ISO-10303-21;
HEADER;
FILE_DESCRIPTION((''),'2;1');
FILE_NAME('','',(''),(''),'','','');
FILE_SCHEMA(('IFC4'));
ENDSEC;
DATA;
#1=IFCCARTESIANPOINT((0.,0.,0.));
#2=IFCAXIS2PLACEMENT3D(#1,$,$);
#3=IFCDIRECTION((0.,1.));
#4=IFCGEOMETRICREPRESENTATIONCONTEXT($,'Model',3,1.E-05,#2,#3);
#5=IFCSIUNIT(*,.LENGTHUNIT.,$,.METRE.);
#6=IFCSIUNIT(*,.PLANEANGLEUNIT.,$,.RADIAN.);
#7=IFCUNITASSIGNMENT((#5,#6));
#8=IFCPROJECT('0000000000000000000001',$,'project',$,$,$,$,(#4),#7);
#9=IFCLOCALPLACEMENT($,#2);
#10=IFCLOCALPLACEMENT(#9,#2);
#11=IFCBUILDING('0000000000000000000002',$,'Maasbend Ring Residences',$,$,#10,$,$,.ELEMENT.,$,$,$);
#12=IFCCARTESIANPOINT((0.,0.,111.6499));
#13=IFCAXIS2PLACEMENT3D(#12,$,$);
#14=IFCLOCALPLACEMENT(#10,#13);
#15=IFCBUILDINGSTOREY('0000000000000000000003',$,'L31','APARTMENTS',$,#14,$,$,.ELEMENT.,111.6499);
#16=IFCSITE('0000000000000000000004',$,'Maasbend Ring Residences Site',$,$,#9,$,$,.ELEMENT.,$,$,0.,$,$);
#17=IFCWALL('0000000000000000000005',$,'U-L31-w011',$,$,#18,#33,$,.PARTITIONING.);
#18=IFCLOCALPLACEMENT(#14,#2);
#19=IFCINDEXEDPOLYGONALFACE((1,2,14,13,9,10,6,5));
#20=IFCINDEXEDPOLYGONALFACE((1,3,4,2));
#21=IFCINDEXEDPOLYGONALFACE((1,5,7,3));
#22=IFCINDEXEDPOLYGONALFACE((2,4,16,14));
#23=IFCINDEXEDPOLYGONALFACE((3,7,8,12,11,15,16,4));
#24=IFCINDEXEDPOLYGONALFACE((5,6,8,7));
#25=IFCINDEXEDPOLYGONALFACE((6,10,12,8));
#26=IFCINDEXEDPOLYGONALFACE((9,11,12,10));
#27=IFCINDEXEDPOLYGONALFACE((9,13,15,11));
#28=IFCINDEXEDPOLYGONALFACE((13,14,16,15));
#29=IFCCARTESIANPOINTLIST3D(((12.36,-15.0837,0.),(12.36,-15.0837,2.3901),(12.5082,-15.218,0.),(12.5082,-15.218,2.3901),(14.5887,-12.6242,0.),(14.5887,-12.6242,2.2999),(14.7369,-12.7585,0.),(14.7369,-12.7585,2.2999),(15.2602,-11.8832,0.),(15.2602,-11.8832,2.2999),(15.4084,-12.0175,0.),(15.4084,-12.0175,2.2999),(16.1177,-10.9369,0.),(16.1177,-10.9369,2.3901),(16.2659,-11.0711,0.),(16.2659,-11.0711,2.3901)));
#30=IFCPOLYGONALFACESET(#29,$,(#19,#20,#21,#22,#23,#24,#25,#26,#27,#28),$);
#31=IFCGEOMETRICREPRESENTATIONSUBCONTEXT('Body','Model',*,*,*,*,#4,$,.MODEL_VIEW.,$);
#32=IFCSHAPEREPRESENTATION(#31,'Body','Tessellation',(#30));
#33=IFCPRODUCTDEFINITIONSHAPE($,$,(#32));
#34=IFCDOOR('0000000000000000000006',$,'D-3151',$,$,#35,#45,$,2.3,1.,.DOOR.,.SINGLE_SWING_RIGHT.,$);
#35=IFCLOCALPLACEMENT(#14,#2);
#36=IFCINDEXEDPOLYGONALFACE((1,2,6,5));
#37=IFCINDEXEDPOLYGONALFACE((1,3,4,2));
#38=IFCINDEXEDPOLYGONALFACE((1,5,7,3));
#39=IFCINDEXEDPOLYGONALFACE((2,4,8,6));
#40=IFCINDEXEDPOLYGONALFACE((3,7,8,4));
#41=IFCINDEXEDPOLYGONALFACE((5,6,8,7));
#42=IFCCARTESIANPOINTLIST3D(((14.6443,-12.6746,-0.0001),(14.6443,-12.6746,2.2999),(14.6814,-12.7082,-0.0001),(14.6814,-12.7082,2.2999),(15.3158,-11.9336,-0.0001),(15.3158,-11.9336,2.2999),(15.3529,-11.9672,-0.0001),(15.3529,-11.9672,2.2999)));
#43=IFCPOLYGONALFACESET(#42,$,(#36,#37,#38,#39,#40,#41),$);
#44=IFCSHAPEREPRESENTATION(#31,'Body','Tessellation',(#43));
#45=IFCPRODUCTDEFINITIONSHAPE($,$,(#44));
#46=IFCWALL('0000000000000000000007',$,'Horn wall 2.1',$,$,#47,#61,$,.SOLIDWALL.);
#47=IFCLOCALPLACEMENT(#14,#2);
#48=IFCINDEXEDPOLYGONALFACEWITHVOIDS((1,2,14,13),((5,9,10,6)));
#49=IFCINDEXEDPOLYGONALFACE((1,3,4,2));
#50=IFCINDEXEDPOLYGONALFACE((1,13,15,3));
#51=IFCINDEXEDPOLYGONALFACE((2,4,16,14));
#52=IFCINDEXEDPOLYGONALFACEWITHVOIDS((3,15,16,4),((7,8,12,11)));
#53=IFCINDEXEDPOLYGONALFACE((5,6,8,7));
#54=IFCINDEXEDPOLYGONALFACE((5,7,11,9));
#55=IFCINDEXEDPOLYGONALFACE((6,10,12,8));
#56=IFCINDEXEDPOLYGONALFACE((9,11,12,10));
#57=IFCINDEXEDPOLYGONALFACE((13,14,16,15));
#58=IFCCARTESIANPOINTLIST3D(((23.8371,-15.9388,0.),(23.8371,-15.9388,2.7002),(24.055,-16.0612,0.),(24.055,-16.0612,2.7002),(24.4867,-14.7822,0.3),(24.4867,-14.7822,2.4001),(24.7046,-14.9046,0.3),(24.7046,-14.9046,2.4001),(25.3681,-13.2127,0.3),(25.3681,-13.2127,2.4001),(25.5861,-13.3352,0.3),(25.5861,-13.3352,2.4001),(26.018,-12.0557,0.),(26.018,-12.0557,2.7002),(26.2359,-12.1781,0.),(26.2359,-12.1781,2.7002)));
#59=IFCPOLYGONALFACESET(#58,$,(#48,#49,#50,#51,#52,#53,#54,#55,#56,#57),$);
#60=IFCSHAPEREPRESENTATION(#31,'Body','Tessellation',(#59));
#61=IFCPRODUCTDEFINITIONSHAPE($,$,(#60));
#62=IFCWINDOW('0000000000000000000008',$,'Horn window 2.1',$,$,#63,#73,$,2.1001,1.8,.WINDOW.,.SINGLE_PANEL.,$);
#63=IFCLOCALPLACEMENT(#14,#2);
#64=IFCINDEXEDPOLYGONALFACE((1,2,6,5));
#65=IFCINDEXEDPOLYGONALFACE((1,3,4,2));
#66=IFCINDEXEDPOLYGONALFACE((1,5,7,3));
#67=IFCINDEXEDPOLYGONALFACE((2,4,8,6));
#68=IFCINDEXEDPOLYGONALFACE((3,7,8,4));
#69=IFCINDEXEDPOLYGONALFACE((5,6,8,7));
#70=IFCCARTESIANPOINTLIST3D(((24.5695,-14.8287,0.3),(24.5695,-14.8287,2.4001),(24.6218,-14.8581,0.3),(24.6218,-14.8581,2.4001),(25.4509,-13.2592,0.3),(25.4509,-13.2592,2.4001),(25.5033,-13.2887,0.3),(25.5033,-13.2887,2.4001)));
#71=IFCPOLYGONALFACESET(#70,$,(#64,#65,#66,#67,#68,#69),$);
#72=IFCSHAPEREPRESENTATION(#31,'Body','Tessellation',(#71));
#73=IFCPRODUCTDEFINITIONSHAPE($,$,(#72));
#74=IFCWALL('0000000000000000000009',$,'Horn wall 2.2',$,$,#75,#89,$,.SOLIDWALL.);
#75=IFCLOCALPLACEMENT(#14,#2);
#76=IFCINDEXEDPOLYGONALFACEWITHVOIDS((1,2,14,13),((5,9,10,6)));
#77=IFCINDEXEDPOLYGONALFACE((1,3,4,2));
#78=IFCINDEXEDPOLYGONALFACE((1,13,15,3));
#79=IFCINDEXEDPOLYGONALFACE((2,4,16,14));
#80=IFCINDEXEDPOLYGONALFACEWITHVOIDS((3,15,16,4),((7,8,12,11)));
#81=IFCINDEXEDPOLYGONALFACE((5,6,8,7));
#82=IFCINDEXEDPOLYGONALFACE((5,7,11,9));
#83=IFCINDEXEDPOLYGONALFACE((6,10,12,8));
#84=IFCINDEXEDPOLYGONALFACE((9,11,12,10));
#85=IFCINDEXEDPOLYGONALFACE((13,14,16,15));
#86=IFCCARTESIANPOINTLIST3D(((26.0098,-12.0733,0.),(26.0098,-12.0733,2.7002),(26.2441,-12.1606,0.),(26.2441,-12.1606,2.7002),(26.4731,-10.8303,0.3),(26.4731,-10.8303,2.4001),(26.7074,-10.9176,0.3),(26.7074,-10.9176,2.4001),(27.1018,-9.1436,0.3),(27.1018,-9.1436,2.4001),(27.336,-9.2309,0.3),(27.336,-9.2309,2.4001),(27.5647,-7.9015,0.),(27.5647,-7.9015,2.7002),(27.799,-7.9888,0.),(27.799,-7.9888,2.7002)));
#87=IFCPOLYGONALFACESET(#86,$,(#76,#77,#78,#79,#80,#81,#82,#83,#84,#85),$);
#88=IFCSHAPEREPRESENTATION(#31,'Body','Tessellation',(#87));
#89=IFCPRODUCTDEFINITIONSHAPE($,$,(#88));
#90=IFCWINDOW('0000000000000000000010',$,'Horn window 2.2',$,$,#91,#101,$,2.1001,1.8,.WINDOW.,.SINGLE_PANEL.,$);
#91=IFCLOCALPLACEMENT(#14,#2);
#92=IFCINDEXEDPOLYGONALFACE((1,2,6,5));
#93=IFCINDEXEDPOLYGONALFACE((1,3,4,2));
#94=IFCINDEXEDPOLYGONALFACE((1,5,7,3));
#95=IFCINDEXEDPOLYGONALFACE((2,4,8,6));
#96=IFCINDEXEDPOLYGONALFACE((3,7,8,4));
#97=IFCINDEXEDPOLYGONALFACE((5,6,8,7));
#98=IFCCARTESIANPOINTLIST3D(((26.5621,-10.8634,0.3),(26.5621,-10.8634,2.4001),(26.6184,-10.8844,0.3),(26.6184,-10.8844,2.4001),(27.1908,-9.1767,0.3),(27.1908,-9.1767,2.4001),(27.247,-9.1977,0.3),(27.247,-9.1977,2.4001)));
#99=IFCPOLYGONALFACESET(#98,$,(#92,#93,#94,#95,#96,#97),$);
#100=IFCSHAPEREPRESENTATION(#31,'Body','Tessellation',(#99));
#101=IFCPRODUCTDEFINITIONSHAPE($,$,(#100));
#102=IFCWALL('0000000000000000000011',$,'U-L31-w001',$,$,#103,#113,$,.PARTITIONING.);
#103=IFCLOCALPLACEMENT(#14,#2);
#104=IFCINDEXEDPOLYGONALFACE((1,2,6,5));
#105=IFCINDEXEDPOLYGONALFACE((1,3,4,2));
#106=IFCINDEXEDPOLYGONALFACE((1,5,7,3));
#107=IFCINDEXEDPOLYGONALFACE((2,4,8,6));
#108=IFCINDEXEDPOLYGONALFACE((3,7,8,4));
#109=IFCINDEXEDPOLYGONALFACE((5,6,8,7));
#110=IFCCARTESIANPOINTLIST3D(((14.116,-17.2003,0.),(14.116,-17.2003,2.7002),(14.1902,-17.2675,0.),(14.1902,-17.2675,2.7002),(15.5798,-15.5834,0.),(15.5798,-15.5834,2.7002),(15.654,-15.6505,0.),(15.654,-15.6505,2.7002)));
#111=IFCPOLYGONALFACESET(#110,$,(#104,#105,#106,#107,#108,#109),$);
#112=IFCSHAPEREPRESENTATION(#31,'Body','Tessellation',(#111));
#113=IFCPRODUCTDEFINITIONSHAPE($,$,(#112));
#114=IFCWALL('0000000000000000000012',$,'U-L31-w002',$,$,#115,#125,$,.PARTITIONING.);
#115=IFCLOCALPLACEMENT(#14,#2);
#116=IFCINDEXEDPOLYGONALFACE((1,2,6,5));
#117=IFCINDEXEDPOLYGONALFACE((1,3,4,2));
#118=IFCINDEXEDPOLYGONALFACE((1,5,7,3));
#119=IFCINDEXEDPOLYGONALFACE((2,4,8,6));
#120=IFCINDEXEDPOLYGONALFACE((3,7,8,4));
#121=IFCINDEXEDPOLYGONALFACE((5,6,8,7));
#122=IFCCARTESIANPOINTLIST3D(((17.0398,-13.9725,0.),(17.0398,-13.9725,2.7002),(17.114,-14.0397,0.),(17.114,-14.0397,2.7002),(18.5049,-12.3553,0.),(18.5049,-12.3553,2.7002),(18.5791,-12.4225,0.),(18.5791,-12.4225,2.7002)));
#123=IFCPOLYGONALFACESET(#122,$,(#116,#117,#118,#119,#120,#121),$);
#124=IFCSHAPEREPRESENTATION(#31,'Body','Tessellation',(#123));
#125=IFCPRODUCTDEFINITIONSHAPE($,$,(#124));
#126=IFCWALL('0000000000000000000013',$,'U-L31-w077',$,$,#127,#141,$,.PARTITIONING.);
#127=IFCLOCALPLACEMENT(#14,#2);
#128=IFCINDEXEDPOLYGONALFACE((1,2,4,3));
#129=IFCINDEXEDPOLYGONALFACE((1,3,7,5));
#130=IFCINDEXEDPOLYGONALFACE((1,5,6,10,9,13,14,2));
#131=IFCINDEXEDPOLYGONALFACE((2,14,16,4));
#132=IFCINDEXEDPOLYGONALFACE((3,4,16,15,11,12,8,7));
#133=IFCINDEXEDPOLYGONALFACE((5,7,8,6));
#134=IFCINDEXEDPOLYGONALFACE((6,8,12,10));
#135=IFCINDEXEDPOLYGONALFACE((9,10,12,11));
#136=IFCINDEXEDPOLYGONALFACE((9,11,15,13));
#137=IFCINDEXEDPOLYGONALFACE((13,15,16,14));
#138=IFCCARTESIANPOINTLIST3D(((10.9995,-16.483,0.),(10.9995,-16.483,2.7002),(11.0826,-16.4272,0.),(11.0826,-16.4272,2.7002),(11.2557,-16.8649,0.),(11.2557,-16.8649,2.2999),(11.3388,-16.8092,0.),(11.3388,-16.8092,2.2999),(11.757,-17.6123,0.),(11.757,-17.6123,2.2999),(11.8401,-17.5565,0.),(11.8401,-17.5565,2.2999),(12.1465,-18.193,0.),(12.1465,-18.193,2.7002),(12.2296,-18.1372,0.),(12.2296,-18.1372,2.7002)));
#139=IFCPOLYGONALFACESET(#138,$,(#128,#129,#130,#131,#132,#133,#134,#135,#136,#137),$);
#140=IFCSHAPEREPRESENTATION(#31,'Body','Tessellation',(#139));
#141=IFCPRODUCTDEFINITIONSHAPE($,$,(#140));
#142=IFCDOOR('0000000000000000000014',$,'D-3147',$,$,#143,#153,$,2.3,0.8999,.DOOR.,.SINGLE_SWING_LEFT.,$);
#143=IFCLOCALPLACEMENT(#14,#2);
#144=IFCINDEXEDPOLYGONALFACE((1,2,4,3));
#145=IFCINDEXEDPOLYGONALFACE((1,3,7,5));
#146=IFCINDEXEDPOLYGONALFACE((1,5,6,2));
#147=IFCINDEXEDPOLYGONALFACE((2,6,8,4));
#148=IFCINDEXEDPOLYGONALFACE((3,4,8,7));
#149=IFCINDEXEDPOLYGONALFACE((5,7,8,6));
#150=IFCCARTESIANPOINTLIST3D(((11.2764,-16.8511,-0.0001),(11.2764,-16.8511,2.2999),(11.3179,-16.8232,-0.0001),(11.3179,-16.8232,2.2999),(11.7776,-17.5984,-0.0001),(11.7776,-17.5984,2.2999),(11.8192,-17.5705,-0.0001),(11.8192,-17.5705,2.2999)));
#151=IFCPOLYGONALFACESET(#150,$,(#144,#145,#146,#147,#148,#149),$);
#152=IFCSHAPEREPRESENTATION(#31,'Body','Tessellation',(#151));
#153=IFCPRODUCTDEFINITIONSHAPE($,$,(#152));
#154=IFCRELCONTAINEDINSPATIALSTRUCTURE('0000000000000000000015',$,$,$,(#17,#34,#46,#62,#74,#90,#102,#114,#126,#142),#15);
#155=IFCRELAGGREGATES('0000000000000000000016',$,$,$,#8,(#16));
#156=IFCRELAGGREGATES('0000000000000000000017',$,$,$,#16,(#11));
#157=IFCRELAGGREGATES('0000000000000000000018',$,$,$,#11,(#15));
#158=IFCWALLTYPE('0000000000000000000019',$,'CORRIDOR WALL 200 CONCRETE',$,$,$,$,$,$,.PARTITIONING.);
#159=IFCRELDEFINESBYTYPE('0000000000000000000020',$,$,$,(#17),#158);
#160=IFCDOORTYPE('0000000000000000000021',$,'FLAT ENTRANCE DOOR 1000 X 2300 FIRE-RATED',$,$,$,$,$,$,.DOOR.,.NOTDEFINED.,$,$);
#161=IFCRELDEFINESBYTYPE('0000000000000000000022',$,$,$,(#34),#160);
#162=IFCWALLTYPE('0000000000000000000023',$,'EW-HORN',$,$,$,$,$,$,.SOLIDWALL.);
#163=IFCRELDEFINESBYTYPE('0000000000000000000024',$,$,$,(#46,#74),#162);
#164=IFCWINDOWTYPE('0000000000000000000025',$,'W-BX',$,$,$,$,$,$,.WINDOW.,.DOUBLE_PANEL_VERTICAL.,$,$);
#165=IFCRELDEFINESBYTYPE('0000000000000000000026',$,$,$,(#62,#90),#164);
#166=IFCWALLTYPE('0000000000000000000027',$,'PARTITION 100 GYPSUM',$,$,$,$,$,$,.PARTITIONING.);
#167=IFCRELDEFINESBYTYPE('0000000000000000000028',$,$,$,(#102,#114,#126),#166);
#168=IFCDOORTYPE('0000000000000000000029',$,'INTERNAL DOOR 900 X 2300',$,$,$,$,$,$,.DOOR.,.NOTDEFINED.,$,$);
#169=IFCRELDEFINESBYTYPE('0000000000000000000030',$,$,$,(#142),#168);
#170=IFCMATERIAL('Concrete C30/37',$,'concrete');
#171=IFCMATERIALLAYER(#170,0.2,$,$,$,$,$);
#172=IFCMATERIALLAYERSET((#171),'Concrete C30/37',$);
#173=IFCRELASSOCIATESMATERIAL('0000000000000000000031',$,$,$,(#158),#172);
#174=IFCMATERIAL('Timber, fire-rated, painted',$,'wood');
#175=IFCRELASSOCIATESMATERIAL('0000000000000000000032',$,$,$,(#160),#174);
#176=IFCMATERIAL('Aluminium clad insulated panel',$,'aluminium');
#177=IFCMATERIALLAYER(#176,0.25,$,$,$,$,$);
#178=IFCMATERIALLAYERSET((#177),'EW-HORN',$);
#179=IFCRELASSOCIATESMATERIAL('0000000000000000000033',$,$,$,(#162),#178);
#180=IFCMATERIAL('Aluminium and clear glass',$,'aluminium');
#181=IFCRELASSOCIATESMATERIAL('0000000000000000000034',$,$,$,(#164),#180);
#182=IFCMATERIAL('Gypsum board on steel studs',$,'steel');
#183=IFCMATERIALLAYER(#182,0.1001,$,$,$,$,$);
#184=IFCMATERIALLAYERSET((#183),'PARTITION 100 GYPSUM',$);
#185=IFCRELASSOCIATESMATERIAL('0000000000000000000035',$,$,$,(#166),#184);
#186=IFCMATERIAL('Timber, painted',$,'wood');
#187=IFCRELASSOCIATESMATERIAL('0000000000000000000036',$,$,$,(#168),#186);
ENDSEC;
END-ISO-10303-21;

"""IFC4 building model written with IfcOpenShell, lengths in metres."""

from ifc_helpers import new_model, si_unit, direction, frame, frame_2d, origin, place, context, subcontext, project, spatial, rectangle, extrude, material, layer, layer_set, type_object, element, fill, save


model = new_model("IFC4")

# Units and contexts
model_context = context("Model", 3, precision=1e-05, world=origin(), true_north=direction((0.0, 1.0)))
body_context = subcontext(model_context, "Body", "Model", "MODEL_VIEW")
ifc_project = project(units=[si_unit("LENGTHUNIT", "METRE"), si_unit("PLANEANGLEUNIT", "RADIAN")], contexts=[model_context])

# Site, building, storey
site_placement = place(None, origin())
site = spatial("IfcSite", under=ifc_project, at=site_placement, Name="Maasbend Ring Residences Site", CompositionType="ELEMENT", RefElevation=0.0)
building_placement = place(site_placement, origin())
building = spatial("IfcBuilding", under=site, at=building_placement, Name="Maasbend Ring Residences", CompositionType="ELEMENT")
storey_placement = place(building_placement, frame((0.0, 0.0, 111.6499)))
storey = spatial("IfcBuildingStorey", under=building, at=storey_placement, Name="L31", Description="APARTMENTS", CompositionType="ELEMENT", Elevation=111.6499)

# Wall, opening, door
ifc_material_1 = material(Name="Concrete C30/37", Category="concrete")
ifc_layer_1 = layer(ifc_material_1, 0.2)
ifc_layer_set_1 = layer_set([ifc_layer_1], Name="Concrete C30/37")
wall_type_1 = type_object("IfcWallType", Name="CORRIDOR WALL 200 CONCRETE", PredefinedType="PARTITIONING", material=ifc_layer_set_1)
wall_1_placement = place(storey_placement, frame((12.4341, -15.1509, 0.0), z_axis=(0.0, 0.0, 1.0), x_axis=(0.671482, 0.741021, 0.0)))
wall_1 = element("IfcWall", 1, at=wall_1_placement, inside=storey, type_object=wall_type_1, Name="U-L31-w011", PredefinedType="PARTITIONING", context=body_context, shape_type="SweptSolid", body=[
    extrude(rectangle(XDim=5.5962, YDim=0.2, at=frame_2d((2.7981, 0.0))), origin(), (0.0, 0.0, 1.0), 2.3901),
])
opening_1_placement = place(wall_1_placement, frame((3.3191, 0.0, 0.0)))
opening_1 = element("IfcOpeningElement", 2, at=opening_1_placement, cuts=wall_1, PredefinedType="OPENING", context=body_context, shape_type="SweptSolid", body=[
    extrude(rectangle(XDim=1.0, YDim=2.3, at=frame_2d((0.5, 1.1499))), frame((0.0, 0.1099, 0.0), z_axis=(0.0, -1.0, 0.0), x_axis=(1.0, 0.0, 0.0)), (0.0, 0.0, 1.0), 0.22),
])
ifc_material_2 = material(Name="Timber, fire-rated, painted", Category="wood")
door_type_1 = type_object("IfcDoorType", Name="FLAT ENTRANCE DOOR 1000 X 2300 FIRE-RATED", OperationType="NOTDEFINED", PredefinedType="DOOR", material=ifc_material_2)
door_1_placement = place(opening_1_placement, origin())
door_1 = element("IfcDoor", 3, at=door_1_placement, inside=storey, type_object=door_type_1, Name="D-3151", OperationType="SINGLE_SWING_RIGHT", OverallHeight=2.3, OverallWidth=1.0, PredefinedType="DOOR", context=body_context, shape_type="SweptSolid", body=[
    extrude(rectangle(XDim=1.0, YDim=2.3, at=frame_2d((0.5, 1.1499))), frame((0.0, 0.0249, 0.0), z_axis=(0.0, -1.0, 0.0), x_axis=(1.0, 0.0, 0.0)), (0.0, 0.0, 1.0), 0.05),
])
fill(opening_1, door_1)

# Walls, openings, windows
ifc_material_3 = material(Name="Aluminium clad insulated panel", Category="aluminium")
ifc_layer_2 = layer(ifc_material_3, 0.25)
ifc_layer_set_2 = layer_set([ifc_layer_2], Name="EW-HORN")
wall_type_2 = type_object("IfcWallType", Name="EW-HORN", PredefinedType="SOLIDWALL", material=ifc_layer_set_2)
wall_2_placement = place(storey_placement, frame((23.946, -16.0, 0.0), z_axis=(0.0, 0.0, 1.0), x_axis=(0.489696, 0.871893, 0.0)))
wall_2 = element("IfcWall", 4, at=wall_2_placement, inside=storey, type_object=wall_type_2, Name="Horn wall 2.1", PredefinedType="SOLIDWALL", context=body_context, shape_type="SweptSolid", body=[
    extrude(rectangle(XDim=4.4536, YDim=0.25, at=frame_2d((2.2268, 0.0))), origin(), (0.0, 0.0, 1.0), 2.7002),
])
opening_2_placement = place(wall_2_placement, frame((1.3267, 0.0, 0.3)))
opening_2 = element("IfcOpeningElement", 5, at=opening_2_placement, cuts=wall_2, PredefinedType="OPENING", context=body_context, shape_type="SweptSolid", body=[
    extrude(rectangle(XDim=1.8, YDim=2.1001, at=frame_2d((0.8999, 1.05))), frame((0.0, 0.135, 0.0), z_axis=(0.0, -1.0, 0.0), x_axis=(1.0, 0.0, 0.0)), (0.0, 0.0, 1.0), 0.27),
])
ifc_material_4 = material(Name="Aluminium and clear glass", Category="aluminium")
window_type = type_object("IfcWindowType", Name="W-BX", PartitioningType="DOUBLE_PANEL_VERTICAL", PredefinedType="WINDOW", material=ifc_material_4)
window_1_placement = place(opening_2_placement, origin())
window_1 = element("IfcWindow", 6, at=window_1_placement, inside=storey, type_object=window_type, Name="Horn window 2.1", OverallHeight=2.1001, OverallWidth=1.8, PartitioningType="SINGLE_PANEL", PredefinedType="WINDOW", context=body_context, shape_type="SweptSolid", body=[
    extrude(rectangle(XDim=1.8, YDim=2.1001, at=frame_2d((0.8999, 1.05))), frame((0.0, 0.03, 0.0), z_axis=(0.0, -1.0, 0.0), x_axis=(1.0, 0.0, 0.0)), (0.0, 0.0, 1.0), 0.0601),
])
fill(opening_2, window_1)
wall_3_placement = place(storey_placement, frame((26.127, -12.1169, 0.0), z_axis=(0.0, 0.0, 1.0), x_axis=(0.349248, 0.93703, 0.0)))
wall_3 = element("IfcWall", 7, at=wall_3_placement, inside=storey, type_object=wall_type_2, Name="Horn wall 2.2", PredefinedType="SOLIDWALL", context=body_context, shape_type="SweptSolid", body=[
    extrude(rectangle(XDim=4.4521, YDim=0.25, at=frame_2d((2.2261, 0.0))), origin(), (0.0, 0.0, 1.0), 2.7002),
])
opening_3_placement = place(wall_3_placement, frame((1.3267, 0.0, 0.3)))
opening_3 = element("IfcOpeningElement", 8, at=opening_3_placement, cuts=wall_3, PredefinedType="OPENING", context=body_context, shape_type="SweptSolid", body=[
    extrude(rectangle(XDim=1.8, YDim=2.1001, at=frame_2d((0.8999, 1.05))), frame((0.0, 0.135, 0.0), z_axis=(0.0, -1.0, 0.0), x_axis=(1.0, 0.0, 0.0)), (0.0, 0.0, 1.0), 0.27),
])
window_2_placement = place(opening_3_placement, origin())
window_2 = element("IfcWindow", 9, at=window_2_placement, inside=storey, type_object=window_type, Name="Horn window 2.2", OverallHeight=2.1001, OverallWidth=1.8, PartitioningType="SINGLE_PANEL", PredefinedType="WINDOW", context=body_context, shape_type="SweptSolid", body=[
    extrude(rectangle(XDim=1.8, YDim=2.1001, at=frame_2d((0.8999, 1.05))), frame((0.0, 0.03, 0.0), z_axis=(0.0, -1.0, 0.0), x_axis=(1.0, 0.0, 0.0)), (0.0, 0.0, 1.0), 0.0601),
])
fill(opening_3, window_2)

# Walls
ifc_material_5 = material(Name="Gypsum board on steel studs", Category="steel")
ifc_layer_3 = layer(ifc_material_5, 0.1001)
ifc_layer_set_3 = layer_set([ifc_layer_3], Name="PARTITION 100 GYPSUM")
wall_type_3 = type_object("IfcWallType", Name="PARTITION 100 GYPSUM", PredefinedType="PARTITIONING", material=ifc_layer_set_3)
wall_4_placement = place(storey_placement, frame((14.1531, -17.2339, 0.0), z_axis=(0.0, 0.0, 1.0), x_axis=(0.671145, 0.741326, 0.0)))
element("IfcWall", 10, at=wall_4_placement, inside=storey, type_object=wall_type_3, Name="U-L31-w001", PredefinedType="PARTITIONING", context=body_context, shape_type="SweptSolid", body=[
    extrude(rectangle(XDim=2.1812, YDim=0.1001, at=frame_2d((1.0906, 0.0))), origin(), (0.0, 0.0, 1.0), 2.7002),
])
wall_5_placement = place(storey_placement, frame((17.0769, -14.0061, 0.0), z_axis=(0.0, 0.0, 1.0), x_axis=(0.671397, 0.741098, 0.0)))
element("IfcWall", 11, at=wall_5_placement, inside=storey, type_object=wall_type_3, Name="U-L31-w002", PredefinedType="PARTITIONING", context=body_context, shape_type="SweptSolid", body=[
    extrude(rectangle(XDim=2.1821, YDim=0.1001, at=frame_2d((1.0911, 0.0))), origin(), (0.0, 0.0, 1.0), 2.7002),
])

# Wall, opening, door
wall_6_placement = place(storey_placement, frame((11.041, -16.4551, 0.0), z_axis=(0.0, 0.0, 1.0), x_axis=(0.557051, -0.830478, 0.0)))
wall_6 = element("IfcWall", 12, at=wall_6_placement, inside=storey, type_object=wall_type_3, Name="U-L31-w077", PredefinedType="PARTITIONING", context=body_context, shape_type="SweptSolid", body=[
    extrude(rectangle(XDim=2.0591, YDim=0.1001, at=frame_2d((1.0295, 0.0))), origin(), (0.0, 0.0, 1.0), 2.7002),
])
opening_4_placement = place(wall_6_placement, frame((0.46, 0.0, 0.0)))
opening_4 = element("IfcOpeningElement", 13, at=opening_4_placement, cuts=wall_6, PredefinedType="OPENING", context=body_context, shape_type="SweptSolid", body=[
    extrude(rectangle(XDim=0.8999, YDim=2.3, at=frame_2d((0.45, 1.1499))), frame((0.0, 0.0601, 0.0), z_axis=(0.0, -1.0, 0.0), x_axis=(1.0, 0.0, 0.0)), (0.0, 0.0, 1.0), 0.1201),
])
ifc_material_6 = material(Name="Timber, painted", Category="wood")
door_type_2 = type_object("IfcDoorType", Name="INTERNAL DOOR 900 X 2300", OperationType="NOTDEFINED", PredefinedType="DOOR", material=ifc_material_6)
door_2_placement = place(opening_4_placement, origin())
door_2 = element("IfcDoor", 14, at=door_2_placement, inside=storey, type_object=door_type_2, Name="D-3147", OperationType="SINGLE_SWING_LEFT", OverallHeight=2.3, OverallWidth=0.8999, PredefinedType="DOOR", context=body_context, shape_type="SweptSolid", body=[
    extrude(rectangle(XDim=0.8999, YDim=2.3, at=frame_2d((0.45, 1.1499))), frame((0.0, 0.0249, 0.0), z_axis=(0.0, -1.0, 0.0), x_axis=(1.0, 0.0, 0.0)), (0.0, 0.0, 1.0), 0.05),
])
fill(opening_4, door_2)

save(model, "model.ifc")
